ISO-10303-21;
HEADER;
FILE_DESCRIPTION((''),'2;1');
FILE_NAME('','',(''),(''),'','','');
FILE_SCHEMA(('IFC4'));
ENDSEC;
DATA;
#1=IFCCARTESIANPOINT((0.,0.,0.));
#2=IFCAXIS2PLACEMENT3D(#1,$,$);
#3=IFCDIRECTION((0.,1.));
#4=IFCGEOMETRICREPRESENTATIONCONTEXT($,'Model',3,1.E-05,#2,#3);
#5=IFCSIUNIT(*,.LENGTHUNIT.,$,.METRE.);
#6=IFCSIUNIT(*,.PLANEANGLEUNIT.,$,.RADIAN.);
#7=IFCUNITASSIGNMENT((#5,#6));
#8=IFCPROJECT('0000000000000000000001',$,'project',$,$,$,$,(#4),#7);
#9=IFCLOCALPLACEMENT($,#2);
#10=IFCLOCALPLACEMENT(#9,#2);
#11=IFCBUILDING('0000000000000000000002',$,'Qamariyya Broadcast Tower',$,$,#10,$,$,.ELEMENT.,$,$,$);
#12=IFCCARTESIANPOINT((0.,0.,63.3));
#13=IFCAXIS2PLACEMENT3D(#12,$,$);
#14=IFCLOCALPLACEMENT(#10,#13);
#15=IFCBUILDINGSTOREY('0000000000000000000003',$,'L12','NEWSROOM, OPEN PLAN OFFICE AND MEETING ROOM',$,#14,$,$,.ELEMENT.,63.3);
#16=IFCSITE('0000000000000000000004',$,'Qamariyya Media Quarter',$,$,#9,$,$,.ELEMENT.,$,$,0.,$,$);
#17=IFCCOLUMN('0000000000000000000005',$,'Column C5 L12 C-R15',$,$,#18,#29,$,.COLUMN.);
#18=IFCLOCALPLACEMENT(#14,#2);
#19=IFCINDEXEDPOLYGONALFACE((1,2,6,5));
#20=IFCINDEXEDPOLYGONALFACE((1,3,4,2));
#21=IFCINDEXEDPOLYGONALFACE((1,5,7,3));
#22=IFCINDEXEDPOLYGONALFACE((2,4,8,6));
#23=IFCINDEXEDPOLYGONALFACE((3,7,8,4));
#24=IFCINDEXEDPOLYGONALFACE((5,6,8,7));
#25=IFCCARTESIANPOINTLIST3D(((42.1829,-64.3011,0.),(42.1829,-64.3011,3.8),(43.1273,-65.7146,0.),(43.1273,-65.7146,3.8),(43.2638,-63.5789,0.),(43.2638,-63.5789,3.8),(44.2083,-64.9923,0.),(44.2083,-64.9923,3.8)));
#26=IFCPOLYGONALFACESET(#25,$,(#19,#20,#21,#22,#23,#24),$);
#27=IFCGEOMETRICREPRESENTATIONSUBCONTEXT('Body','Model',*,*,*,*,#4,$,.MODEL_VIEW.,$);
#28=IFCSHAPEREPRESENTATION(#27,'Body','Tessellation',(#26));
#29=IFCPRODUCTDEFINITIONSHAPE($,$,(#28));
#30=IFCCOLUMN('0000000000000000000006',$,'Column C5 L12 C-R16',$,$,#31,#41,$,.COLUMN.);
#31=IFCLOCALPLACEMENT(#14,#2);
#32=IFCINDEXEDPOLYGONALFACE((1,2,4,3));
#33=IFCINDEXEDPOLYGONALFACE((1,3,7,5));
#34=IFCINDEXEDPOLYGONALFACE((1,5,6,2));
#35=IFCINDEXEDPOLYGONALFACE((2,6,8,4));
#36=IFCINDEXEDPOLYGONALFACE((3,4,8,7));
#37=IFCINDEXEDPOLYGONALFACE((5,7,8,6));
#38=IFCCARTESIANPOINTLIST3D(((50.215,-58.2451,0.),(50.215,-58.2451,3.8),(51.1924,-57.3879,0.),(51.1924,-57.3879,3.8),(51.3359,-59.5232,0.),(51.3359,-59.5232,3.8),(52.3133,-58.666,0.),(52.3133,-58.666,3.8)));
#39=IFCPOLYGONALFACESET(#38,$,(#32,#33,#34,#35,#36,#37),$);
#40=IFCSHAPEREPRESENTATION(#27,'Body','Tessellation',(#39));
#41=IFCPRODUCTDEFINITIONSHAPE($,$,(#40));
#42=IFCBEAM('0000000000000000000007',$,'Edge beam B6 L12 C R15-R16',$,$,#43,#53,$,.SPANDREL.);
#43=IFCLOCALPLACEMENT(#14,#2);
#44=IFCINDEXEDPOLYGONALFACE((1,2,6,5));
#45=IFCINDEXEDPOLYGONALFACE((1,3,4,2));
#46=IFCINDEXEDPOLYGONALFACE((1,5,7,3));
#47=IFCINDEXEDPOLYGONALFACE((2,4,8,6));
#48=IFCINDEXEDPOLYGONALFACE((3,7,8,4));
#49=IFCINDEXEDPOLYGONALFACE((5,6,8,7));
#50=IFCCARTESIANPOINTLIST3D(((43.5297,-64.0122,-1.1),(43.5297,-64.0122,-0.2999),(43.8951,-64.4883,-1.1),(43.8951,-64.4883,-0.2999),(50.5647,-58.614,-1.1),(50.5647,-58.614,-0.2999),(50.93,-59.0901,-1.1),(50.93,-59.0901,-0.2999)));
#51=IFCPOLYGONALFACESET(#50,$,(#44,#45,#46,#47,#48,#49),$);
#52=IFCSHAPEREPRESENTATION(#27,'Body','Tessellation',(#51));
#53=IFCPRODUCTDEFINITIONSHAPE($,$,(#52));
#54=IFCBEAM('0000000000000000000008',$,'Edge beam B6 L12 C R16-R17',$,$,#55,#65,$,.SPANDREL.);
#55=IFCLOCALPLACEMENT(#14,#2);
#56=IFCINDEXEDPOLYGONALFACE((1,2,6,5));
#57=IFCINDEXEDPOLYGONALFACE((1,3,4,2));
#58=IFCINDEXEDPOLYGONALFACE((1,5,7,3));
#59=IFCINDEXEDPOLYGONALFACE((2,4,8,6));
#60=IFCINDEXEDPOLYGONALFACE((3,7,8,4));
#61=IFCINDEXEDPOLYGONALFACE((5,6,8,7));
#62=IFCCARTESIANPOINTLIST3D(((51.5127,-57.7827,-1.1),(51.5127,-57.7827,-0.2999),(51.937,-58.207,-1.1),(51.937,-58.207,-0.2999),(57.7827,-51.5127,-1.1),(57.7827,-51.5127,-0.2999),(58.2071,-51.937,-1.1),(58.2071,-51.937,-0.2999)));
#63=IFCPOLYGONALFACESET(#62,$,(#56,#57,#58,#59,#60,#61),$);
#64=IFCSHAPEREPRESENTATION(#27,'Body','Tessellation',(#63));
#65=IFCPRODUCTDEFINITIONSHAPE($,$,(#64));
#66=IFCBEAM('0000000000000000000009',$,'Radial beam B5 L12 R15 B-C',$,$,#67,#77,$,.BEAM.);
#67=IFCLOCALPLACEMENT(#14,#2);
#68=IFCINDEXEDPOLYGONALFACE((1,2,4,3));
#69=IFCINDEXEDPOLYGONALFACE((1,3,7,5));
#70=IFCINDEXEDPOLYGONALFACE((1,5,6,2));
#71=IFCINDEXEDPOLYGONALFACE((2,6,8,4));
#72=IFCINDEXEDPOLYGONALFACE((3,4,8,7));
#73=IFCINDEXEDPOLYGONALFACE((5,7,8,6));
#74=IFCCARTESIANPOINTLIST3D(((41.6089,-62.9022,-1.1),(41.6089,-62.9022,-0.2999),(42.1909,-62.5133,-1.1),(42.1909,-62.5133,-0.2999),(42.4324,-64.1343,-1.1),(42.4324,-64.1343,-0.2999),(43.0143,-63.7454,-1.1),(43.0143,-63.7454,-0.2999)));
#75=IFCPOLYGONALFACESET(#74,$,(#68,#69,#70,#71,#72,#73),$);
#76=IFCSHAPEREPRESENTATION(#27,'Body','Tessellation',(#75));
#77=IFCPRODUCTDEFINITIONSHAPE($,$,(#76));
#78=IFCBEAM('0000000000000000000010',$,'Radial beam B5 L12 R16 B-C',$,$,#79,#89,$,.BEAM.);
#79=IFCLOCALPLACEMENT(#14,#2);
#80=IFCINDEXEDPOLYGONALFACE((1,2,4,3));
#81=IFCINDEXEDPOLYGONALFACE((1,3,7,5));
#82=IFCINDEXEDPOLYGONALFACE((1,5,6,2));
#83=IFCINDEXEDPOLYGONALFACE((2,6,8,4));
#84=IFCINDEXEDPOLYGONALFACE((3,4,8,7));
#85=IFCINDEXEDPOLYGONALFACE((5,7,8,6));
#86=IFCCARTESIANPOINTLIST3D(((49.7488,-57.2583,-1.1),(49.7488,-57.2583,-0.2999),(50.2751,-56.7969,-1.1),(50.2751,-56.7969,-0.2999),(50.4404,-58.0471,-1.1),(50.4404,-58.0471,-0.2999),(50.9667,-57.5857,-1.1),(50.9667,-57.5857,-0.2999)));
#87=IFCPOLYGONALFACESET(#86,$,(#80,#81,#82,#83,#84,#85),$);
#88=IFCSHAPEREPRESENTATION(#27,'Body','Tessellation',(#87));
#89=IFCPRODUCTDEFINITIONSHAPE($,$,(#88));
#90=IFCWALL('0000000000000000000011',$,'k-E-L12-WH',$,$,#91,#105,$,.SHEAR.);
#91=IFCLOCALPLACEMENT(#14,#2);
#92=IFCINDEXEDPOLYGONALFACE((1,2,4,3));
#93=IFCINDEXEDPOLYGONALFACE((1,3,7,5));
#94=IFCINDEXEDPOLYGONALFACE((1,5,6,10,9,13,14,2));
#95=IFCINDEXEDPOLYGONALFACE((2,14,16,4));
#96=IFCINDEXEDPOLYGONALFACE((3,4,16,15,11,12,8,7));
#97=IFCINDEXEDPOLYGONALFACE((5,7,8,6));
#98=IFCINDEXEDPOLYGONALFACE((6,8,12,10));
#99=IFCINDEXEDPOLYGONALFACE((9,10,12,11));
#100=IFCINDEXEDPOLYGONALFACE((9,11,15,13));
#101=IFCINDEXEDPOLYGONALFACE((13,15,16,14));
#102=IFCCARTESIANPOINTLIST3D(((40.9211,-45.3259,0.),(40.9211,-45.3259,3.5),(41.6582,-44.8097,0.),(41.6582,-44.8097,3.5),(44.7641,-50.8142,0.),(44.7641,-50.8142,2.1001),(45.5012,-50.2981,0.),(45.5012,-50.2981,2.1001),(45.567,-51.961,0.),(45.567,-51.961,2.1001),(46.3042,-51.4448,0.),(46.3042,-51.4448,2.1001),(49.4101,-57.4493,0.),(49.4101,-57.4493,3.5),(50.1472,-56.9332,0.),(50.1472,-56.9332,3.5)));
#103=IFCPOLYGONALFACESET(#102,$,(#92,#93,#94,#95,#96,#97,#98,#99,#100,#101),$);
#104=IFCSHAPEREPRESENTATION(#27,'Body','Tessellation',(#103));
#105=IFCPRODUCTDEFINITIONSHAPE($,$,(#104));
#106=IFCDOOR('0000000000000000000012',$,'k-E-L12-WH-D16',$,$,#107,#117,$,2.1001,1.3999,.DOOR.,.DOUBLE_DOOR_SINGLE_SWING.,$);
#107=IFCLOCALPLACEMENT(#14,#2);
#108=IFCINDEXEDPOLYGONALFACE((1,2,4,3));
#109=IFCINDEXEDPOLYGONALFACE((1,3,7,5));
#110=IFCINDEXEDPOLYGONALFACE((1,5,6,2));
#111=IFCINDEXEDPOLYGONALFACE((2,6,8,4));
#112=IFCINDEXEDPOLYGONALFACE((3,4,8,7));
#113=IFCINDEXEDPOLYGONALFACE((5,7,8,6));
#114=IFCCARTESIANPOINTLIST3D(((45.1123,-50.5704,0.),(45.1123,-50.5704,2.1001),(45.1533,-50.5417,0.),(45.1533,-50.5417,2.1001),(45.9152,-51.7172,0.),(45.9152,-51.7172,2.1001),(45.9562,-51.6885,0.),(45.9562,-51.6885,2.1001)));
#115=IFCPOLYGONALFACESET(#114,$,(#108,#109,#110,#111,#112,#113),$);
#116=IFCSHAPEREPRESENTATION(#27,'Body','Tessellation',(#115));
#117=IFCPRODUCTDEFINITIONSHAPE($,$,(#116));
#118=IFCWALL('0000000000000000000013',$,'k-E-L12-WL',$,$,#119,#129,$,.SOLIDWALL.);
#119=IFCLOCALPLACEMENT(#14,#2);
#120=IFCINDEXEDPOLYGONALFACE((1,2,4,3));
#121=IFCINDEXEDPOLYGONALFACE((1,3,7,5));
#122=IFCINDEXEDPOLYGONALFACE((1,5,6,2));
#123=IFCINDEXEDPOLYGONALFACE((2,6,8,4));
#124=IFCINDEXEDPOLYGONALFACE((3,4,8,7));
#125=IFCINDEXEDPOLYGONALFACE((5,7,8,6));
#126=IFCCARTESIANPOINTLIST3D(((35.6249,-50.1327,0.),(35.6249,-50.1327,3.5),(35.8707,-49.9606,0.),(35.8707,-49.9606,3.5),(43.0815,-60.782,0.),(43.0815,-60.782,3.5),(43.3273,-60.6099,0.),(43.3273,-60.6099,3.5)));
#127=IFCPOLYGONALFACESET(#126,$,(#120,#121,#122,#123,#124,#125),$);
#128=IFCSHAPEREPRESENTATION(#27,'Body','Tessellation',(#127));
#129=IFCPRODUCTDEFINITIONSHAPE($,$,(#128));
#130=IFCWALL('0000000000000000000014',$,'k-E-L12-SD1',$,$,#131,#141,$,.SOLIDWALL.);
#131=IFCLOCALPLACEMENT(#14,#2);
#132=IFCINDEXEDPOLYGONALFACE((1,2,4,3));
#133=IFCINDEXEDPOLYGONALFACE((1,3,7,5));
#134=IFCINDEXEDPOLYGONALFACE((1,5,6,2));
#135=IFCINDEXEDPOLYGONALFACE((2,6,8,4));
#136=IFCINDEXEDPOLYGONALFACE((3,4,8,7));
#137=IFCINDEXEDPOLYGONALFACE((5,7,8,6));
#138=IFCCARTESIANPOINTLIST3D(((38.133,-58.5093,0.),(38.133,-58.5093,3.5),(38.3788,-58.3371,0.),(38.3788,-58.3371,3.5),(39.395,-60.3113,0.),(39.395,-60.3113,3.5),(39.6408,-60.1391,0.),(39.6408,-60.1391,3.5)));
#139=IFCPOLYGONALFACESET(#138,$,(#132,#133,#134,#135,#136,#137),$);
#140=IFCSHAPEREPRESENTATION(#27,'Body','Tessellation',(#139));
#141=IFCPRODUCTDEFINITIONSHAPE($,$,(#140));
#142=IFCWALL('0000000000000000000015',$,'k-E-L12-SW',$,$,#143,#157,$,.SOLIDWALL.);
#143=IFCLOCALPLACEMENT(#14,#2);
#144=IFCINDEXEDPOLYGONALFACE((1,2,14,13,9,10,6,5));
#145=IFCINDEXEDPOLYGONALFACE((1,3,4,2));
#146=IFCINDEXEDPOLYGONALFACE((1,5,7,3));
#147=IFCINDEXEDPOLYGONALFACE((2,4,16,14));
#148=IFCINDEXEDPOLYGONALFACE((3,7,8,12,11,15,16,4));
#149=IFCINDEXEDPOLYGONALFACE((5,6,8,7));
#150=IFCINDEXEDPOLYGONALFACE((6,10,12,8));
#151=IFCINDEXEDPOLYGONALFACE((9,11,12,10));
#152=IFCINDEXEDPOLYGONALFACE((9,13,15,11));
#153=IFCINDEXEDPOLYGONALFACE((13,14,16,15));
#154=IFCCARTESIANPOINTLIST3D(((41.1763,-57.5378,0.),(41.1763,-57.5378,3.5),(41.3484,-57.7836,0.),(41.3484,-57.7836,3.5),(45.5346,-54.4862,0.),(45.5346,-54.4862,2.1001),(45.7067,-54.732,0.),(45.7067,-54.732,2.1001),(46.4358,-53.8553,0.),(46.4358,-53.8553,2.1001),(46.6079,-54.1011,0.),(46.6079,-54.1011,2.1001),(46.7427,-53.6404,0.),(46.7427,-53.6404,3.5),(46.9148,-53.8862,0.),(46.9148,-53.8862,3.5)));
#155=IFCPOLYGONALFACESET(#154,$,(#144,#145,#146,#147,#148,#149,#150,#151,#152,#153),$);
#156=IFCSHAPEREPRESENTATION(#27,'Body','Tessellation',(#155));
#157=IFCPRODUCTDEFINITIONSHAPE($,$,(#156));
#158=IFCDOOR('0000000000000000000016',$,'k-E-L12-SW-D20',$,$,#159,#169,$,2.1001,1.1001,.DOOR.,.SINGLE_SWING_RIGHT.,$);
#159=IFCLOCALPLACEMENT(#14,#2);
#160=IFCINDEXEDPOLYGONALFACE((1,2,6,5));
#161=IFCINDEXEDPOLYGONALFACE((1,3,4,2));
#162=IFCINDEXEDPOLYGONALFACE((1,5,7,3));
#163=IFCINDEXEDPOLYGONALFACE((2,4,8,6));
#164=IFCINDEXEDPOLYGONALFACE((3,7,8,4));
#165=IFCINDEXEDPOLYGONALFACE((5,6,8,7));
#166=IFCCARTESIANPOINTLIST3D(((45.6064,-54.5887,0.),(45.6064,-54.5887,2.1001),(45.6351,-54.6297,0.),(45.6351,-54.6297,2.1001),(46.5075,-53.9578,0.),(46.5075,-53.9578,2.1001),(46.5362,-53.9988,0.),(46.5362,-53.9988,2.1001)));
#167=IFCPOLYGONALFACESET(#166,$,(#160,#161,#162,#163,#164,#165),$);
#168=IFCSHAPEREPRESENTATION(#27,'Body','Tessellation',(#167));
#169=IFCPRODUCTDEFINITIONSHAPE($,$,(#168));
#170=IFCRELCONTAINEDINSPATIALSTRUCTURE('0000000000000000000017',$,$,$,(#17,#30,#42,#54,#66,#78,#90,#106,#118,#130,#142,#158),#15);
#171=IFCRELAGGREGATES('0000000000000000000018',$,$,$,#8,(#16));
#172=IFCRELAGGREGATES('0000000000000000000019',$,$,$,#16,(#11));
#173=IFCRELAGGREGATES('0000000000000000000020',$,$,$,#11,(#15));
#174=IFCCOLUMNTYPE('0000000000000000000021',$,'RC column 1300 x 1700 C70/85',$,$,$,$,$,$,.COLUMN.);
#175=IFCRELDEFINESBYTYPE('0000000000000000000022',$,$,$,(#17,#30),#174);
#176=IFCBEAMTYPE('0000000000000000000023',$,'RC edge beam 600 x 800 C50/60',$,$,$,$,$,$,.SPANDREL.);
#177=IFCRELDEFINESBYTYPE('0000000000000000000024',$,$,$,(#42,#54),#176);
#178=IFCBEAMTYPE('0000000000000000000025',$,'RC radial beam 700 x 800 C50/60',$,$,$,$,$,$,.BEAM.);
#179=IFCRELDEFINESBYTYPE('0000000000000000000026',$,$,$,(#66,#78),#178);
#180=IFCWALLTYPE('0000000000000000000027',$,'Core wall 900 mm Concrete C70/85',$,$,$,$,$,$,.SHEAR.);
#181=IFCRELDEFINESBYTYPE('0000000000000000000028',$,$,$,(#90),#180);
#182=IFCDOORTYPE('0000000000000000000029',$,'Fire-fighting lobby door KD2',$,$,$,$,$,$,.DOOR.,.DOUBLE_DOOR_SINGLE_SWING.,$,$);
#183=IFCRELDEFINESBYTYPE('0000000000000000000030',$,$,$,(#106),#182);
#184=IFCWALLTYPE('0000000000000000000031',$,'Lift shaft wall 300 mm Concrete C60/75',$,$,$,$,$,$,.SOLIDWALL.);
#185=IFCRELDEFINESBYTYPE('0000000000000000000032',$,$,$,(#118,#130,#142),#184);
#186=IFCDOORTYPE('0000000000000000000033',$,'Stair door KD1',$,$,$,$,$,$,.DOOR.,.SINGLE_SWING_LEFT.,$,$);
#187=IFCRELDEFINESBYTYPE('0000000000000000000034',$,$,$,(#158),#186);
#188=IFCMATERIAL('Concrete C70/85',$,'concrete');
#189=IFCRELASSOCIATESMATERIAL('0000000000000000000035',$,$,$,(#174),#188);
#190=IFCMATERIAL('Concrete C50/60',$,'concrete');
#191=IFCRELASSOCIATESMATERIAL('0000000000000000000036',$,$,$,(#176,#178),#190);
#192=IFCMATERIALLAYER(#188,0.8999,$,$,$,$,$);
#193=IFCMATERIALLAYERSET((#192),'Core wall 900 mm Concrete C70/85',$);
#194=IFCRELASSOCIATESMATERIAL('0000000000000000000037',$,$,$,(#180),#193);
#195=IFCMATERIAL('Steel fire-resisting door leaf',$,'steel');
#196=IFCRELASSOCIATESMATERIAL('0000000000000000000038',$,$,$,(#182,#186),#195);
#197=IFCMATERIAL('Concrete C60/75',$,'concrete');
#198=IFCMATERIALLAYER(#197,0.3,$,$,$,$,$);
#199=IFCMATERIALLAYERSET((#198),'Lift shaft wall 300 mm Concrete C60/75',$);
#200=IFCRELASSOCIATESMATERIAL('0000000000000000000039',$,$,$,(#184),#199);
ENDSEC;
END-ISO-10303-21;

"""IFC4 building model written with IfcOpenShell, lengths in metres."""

from ifc_helpers import new_model, si_unit, direction, frame, frame_2d, origin, origin_2d, place, context, subcontext, project, spatial, rectangle, extrude, material, layer, layer_set, material_profile, profile_set, type_object, element, fill, save


model = new_model("IFC4")

# Units and contexts
model_context = context("Model", 3, precision=1e-05, world=origin(), true_north=direction((0.0, 1.0)))
body_context = subcontext(model_context, "Body", "Model", "MODEL_VIEW")
ifc_project = project(units=[si_unit("LENGTHUNIT", "METRE"), si_unit("PLANEANGLEUNIT", "RADIAN")], contexts=[model_context])

# Site, building, storey
site_placement = place(None, origin())
site = spatial("IfcSite", under=ifc_project, at=site_placement, Name="Qamariyya Media Quarter", CompositionType="ELEMENT", RefElevation=0.0)
building_placement = place(site_placement, origin())
building = spatial("IfcBuilding", under=site, at=building_placement, Name="Qamariyya Broadcast Tower", CompositionType="ELEMENT")
storey_placement = place(building_placement, frame((0.0, 0.0, 63.3)))
storey = spatial("IfcBuildingStorey", under=building, at=storey_placement, Name="L12", Description="NEWSROOM, OPEN PLAN OFFICE AND MEETING ROOM", CompositionType="ELEMENT", Elevation=63.3)

# Columns
ifc_material_1 = material(Name="Concrete C70/85", Category="concrete")
ifc_material_profile_1 = material_profile(ifc_material_1, rectangle(XDim=1.3, YDim=1.7, at=origin_2d()))
ifc_profile_set_1 = profile_set([ifc_material_profile_1], Name="Concrete C70/85")
column_type = type_object("IfcColumnType", Name="RC column 1300 x 1700 C70/85", PredefinedType="COLUMN", material=ifc_profile_set_1)
for number, where, z_axis, x_axis, name in (
    (1, (43.1956, -64.6467, 0.0), (0.0, 0.0, 1.0), (0.83147, 0.55557, 0.0), "Column C5 L12 C-R15"),
    (2, (51.2642, -58.4556, 0.0), (0.0, 0.0, 1.0), (0.75184, 0.659346, 0.0), "Column C5 L12 C-R16"),
):
    element("IfcColumn", number, at=place(storey_placement, frame(where, z_axis=z_axis, x_axis=x_axis)), inside=storey, type_object=column_type, Name=name, PredefinedType="COLUMN", context=body_context, shape_type="SweptSolid", body=[
        extrude(rectangle(XDim=1.3, YDim=1.7, at=origin_2d()), origin(), (0.0, 0.0, 1.0), 3.8),
    ])

# Beams
ifc_material_2 = material(Name="Concrete C50/60", Category="concrete")
ifc_material_profile_2 = material_profile(ifc_material_2, rectangle(XDim=0.6001, YDim=0.8, at=origin_2d()))
ifc_profile_set_2 = profile_set([ifc_material_profile_2], Name="Concrete C50/60")
beam_type_1 = type_object("IfcBeamType", Name="RC edge beam 600 x 800 C50/60", PredefinedType="SPANDREL", material=ifc_profile_set_2)
beam_1_placement = place(storey_placement, frame((43.7124, -64.2502, -0.7), z_axis=(0.793347, 0.60877, 0.0), x_axis=(-0.60877, 0.793347, 0.0)))
element("IfcBeam", 3, at=beam_1_placement, inside=storey, type_object=beam_type_1, Name="Edge beam B6 L12 C R15-R16", PredefinedType="SPANDREL", context=body_context, shape_type="SweptSolid", body=[
    extrude(rectangle(XDim=0.6001, YDim=0.8, at=origin_2d()), origin(), (0.0, 0.0, 1.0), 8.8674),
])
beam_2_placement = place(storey_placement, frame((51.7249, -57.9949, -0.7), z_axis=(0.707107, 0.707107, 0.0), x_axis=(-0.707107, 0.707107, 0.0)))
element("IfcBeam", 4, at=beam_2_placement, inside=storey, type_object=beam_type_1, Name="Edge beam B6 L12 C R16-R17", PredefinedType="SPANDREL", context=body_context, shape_type="SweptSolid", body=[
    extrude(rectangle(XDim=0.6001, YDim=0.8, at=origin_2d()), origin(), (0.0, 0.0, 1.0), 8.8672),
])
ifc_material_profile_3 = material_profile(ifc_material_2, rectangle(XDim=0.7, YDim=0.8, at=origin_2d()))
ifc_profile_set_3 = profile_set([ifc_material_profile_3], Name="Concrete C50/60")
beam_type_2 = type_object("IfcBeamType", Name="RC radial beam 700 x 800 C50/60", PredefinedType="BEAM", material=ifc_profile_set_3)
beam_3_placement = place(storey_placement, frame((41.8999, -62.7078, -0.7), z_axis=(0.55565, -0.831416, 0.0), x_axis=(0.831416, 0.55565, 0.0)))
element("IfcBeam", 5, at=beam_3_placement, inside=storey, type_object=beam_type_2, Name="Radial beam B5 L12 R15 B-C", PredefinedType="BEAM", context=body_context, shape_type="SweptSolid", body=[
    extrude(rectangle(XDim=0.7, YDim=0.8, at=origin_2d()), origin(), (0.0, 0.0, 1.0), 1.4819),
])
beam_4_placement = place(storey_placement, frame((50.012, -57.0276, -0.7), z_axis=(0.659279, -0.751899, 0.0), x_axis=(0.751899, 0.659279, 0.0)))
element("IfcBeam", 6, at=beam_4_placement, inside=storey, type_object=beam_type_2, Name="Radial beam B5 L12 R16 B-C", PredefinedType="BEAM", context=body_context, shape_type="SweptSolid", body=[
    extrude(rectangle(XDim=0.7, YDim=0.8, at=origin_2d()), origin(), (0.0, 0.0, 1.0), 1.0491),
])

# Wall, opening, door
ifc_layer_1 = layer(ifc_material_1, 0.8999)
ifc_layer_set_1 = layer_set([ifc_layer_1], Name="Core wall 900 mm Concrete C70/85")
wall_type_1 = type_object("IfcWallType", Name="Core wall 900 mm Concrete C70/85", PredefinedType="SHEAR", material=ifc_layer_set_1)
wall_1_placement = place(storey_placement, frame((49.7786, -57.1912, 0.0), z_axis=(0.0, 0.0, 1.0), x_axis=(-0.573577, 0.819151, 0.0)))
wall_1 = element("IfcWall", 7, at=wall_1_placement, inside=storey, type_object=wall_type_1, Name="k-E-L12-WH", PredefinedType="SHEAR", context=body_context, shape_type="SweptSolid", body=[
    extrude(rectangle(XDim=14.8, YDim=0.8999, at=frame_2d((7.3999, 0.0))), origin(), (0.0, 0.0, 1.0), 3.5),
])
opening_1_placement = place(wall_1_placement, frame((6.7, 0.0, 0.0)))
opening_1 = element("IfcOpeningElement", 8, at=opening_1_placement, cuts=wall_1, PredefinedType="OPENING", context=body_context, shape_type="SweptSolid", body=[
    extrude(rectangle(XDim=1.3999, YDim=2.1001, at=frame_2d((0.7, 1.05))), frame((0.0, 0.46, 0.0), z_axis=(0.0, -1.0, 0.0), x_axis=(1.0, 0.0, 0.0)), (0.0, 0.0, 1.0), 0.9199),
])
ifc_material_3 = material(Name="Steel fire-resisting door leaf", Category="steel")
door_type_1 = type_object("IfcDoorType", Name="Fire-fighting lobby door KD2", OperationType="DOUBLE_DOOR_SINGLE_SWING", PredefinedType="DOOR", material=ifc_material_3)
door_1_placement = place(opening_1_placement, origin())
door_1 = element("IfcDoor", 9, at=door_1_placement, inside=storey, type_object=door_type_1, Name="k-E-L12-WH-D16", OperationType="DOUBLE_DOOR_SINGLE_SWING", OverallHeight=2.1001, OverallWidth=1.3999, PredefinedType="DOOR", context=body_context, shape_type="SweptSolid", body=[
    extrude(rectangle(XDim=1.3999, YDim=2.1001, at=frame_2d((0.7, 1.05))), frame((0.0, 0.0249, 0.0), z_axis=(0.0, -1.0, 0.0), x_axis=(1.0, 0.0, 0.0)), (0.0, 0.0, 1.0), 0.05),
])
fill(opening_1, door_1)

# Walls
ifc_material_4 = material(Name="Concrete C60/75", Category="concrete")
ifc_layer_2 = layer(ifc_material_4, 0.3)
ifc_layer_set_2 = layer_set([ifc_layer_2], Name="Lift shaft wall 300 mm Concrete C60/75")
wall_type_2 = type_object("IfcWallType", Name="Lift shaft wall 300 mm Concrete C60/75", PredefinedType="SOLIDWALL", material=ifc_layer_set_2)
wall_2_placement = place(storey_placement, frame((43.2043, -60.6958, 0.0), z_axis=(0.0, 0.0, 1.0), x_axis=(-0.573572, 0.819155, 0.0)))
element("IfcWall", 10, at=wall_2_placement, inside=storey, type_object=wall_type_2, Name="k-E-L12-WL", PredefinedType="SOLIDWALL", context=body_context, shape_type="SweptSolid", body=[
    extrude(rectangle(XDim=13.0002, YDim=0.3, at=frame_2d((6.5, 0.0))), origin(), (0.0, 0.0, 1.0), 3.5),
])
wall_3_placement = place(storey_placement, frame((38.2559, -58.4231, 0.0), z_axis=(0.0, 0.0, 1.0), x_axis=(0.573634, -0.819112, 0.0)))
element("IfcWall", 11, at=wall_3_placement, inside=storey, type_object=wall_type_2, Name="k-E-L12-SD1", PredefinedType="SOLIDWALL", context=body_context, shape_type="SweptSolid", body=[
    extrude(rectangle(XDim=2.2, YDim=0.3, at=frame_2d((1.1001, 0.0))), origin(), (0.0, 0.0, 1.0), 3.5),
])

# Wall, opening, door
wall_4_placement = place(storey_placement, frame((41.2625, -57.6606, 0.0), z_axis=(0.0, 0.0, 1.0), x_axis=(0.819164, 0.573559, 0.0)))
wall_4 = element("IfcWall", 12, at=wall_4_placement, inside=storey, type_object=wall_type_2, Name="k-E-L12-SW", PredefinedType="SOLIDWALL", context=body_context, shape_type="SweptSolid", body=[
    extrude(rectangle(XDim=6.7952, YDim=0.3, at=frame_2d((3.3975, 0.0))), origin(), (0.0, 0.0, 1.0), 3.5),
])
opening_2_placement = place(wall_4_placement, frame((5.3203, 0.0, 0.0)))
opening_2 = element("IfcOpeningElement", 13, at=opening_2_placement, cuts=wall_4, PredefinedType="OPENING", context=body_context, shape_type="SweptSolid", body=[
    extrude(rectangle(XDim=1.1001, YDim=2.1001, at=frame_2d((0.55, 1.05))), frame((0.0, 0.1599, 0.0), z_axis=(0.0, -1.0, 0.0), x_axis=(1.0, 0.0, 0.0)), (0.0, 0.0, 1.0), 0.3201),
])
door_type_2 = type_object("IfcDoorType", Name="Stair door KD1", OperationType="SINGLE_SWING_LEFT", PredefinedType="DOOR", material=ifc_material_3)
door_2_placement = place(opening_2_placement, origin())
door_2 = element("IfcDoor", 14, at=door_2_placement, inside=storey, type_object=door_type_2, Name="k-E-L12-SW-D20", OperationType="SINGLE_SWING_RIGHT", OverallHeight=2.1001, OverallWidth=1.1001, PredefinedType="DOOR", context=body_context, shape_type="SweptSolid", body=[
    extrude(rectangle(XDim=1.1001, YDim=2.1001, at=frame_2d((0.55, 1.05))), frame((0.0, 0.0249, 0.0), z_axis=(0.0, -1.0, 0.0), x_axis=(1.0, 0.0, 0.0)), (0.0, 0.0, 1.0), 0.05),
])
fill(opening_2, door_2)

save(model, "model.ifc")
